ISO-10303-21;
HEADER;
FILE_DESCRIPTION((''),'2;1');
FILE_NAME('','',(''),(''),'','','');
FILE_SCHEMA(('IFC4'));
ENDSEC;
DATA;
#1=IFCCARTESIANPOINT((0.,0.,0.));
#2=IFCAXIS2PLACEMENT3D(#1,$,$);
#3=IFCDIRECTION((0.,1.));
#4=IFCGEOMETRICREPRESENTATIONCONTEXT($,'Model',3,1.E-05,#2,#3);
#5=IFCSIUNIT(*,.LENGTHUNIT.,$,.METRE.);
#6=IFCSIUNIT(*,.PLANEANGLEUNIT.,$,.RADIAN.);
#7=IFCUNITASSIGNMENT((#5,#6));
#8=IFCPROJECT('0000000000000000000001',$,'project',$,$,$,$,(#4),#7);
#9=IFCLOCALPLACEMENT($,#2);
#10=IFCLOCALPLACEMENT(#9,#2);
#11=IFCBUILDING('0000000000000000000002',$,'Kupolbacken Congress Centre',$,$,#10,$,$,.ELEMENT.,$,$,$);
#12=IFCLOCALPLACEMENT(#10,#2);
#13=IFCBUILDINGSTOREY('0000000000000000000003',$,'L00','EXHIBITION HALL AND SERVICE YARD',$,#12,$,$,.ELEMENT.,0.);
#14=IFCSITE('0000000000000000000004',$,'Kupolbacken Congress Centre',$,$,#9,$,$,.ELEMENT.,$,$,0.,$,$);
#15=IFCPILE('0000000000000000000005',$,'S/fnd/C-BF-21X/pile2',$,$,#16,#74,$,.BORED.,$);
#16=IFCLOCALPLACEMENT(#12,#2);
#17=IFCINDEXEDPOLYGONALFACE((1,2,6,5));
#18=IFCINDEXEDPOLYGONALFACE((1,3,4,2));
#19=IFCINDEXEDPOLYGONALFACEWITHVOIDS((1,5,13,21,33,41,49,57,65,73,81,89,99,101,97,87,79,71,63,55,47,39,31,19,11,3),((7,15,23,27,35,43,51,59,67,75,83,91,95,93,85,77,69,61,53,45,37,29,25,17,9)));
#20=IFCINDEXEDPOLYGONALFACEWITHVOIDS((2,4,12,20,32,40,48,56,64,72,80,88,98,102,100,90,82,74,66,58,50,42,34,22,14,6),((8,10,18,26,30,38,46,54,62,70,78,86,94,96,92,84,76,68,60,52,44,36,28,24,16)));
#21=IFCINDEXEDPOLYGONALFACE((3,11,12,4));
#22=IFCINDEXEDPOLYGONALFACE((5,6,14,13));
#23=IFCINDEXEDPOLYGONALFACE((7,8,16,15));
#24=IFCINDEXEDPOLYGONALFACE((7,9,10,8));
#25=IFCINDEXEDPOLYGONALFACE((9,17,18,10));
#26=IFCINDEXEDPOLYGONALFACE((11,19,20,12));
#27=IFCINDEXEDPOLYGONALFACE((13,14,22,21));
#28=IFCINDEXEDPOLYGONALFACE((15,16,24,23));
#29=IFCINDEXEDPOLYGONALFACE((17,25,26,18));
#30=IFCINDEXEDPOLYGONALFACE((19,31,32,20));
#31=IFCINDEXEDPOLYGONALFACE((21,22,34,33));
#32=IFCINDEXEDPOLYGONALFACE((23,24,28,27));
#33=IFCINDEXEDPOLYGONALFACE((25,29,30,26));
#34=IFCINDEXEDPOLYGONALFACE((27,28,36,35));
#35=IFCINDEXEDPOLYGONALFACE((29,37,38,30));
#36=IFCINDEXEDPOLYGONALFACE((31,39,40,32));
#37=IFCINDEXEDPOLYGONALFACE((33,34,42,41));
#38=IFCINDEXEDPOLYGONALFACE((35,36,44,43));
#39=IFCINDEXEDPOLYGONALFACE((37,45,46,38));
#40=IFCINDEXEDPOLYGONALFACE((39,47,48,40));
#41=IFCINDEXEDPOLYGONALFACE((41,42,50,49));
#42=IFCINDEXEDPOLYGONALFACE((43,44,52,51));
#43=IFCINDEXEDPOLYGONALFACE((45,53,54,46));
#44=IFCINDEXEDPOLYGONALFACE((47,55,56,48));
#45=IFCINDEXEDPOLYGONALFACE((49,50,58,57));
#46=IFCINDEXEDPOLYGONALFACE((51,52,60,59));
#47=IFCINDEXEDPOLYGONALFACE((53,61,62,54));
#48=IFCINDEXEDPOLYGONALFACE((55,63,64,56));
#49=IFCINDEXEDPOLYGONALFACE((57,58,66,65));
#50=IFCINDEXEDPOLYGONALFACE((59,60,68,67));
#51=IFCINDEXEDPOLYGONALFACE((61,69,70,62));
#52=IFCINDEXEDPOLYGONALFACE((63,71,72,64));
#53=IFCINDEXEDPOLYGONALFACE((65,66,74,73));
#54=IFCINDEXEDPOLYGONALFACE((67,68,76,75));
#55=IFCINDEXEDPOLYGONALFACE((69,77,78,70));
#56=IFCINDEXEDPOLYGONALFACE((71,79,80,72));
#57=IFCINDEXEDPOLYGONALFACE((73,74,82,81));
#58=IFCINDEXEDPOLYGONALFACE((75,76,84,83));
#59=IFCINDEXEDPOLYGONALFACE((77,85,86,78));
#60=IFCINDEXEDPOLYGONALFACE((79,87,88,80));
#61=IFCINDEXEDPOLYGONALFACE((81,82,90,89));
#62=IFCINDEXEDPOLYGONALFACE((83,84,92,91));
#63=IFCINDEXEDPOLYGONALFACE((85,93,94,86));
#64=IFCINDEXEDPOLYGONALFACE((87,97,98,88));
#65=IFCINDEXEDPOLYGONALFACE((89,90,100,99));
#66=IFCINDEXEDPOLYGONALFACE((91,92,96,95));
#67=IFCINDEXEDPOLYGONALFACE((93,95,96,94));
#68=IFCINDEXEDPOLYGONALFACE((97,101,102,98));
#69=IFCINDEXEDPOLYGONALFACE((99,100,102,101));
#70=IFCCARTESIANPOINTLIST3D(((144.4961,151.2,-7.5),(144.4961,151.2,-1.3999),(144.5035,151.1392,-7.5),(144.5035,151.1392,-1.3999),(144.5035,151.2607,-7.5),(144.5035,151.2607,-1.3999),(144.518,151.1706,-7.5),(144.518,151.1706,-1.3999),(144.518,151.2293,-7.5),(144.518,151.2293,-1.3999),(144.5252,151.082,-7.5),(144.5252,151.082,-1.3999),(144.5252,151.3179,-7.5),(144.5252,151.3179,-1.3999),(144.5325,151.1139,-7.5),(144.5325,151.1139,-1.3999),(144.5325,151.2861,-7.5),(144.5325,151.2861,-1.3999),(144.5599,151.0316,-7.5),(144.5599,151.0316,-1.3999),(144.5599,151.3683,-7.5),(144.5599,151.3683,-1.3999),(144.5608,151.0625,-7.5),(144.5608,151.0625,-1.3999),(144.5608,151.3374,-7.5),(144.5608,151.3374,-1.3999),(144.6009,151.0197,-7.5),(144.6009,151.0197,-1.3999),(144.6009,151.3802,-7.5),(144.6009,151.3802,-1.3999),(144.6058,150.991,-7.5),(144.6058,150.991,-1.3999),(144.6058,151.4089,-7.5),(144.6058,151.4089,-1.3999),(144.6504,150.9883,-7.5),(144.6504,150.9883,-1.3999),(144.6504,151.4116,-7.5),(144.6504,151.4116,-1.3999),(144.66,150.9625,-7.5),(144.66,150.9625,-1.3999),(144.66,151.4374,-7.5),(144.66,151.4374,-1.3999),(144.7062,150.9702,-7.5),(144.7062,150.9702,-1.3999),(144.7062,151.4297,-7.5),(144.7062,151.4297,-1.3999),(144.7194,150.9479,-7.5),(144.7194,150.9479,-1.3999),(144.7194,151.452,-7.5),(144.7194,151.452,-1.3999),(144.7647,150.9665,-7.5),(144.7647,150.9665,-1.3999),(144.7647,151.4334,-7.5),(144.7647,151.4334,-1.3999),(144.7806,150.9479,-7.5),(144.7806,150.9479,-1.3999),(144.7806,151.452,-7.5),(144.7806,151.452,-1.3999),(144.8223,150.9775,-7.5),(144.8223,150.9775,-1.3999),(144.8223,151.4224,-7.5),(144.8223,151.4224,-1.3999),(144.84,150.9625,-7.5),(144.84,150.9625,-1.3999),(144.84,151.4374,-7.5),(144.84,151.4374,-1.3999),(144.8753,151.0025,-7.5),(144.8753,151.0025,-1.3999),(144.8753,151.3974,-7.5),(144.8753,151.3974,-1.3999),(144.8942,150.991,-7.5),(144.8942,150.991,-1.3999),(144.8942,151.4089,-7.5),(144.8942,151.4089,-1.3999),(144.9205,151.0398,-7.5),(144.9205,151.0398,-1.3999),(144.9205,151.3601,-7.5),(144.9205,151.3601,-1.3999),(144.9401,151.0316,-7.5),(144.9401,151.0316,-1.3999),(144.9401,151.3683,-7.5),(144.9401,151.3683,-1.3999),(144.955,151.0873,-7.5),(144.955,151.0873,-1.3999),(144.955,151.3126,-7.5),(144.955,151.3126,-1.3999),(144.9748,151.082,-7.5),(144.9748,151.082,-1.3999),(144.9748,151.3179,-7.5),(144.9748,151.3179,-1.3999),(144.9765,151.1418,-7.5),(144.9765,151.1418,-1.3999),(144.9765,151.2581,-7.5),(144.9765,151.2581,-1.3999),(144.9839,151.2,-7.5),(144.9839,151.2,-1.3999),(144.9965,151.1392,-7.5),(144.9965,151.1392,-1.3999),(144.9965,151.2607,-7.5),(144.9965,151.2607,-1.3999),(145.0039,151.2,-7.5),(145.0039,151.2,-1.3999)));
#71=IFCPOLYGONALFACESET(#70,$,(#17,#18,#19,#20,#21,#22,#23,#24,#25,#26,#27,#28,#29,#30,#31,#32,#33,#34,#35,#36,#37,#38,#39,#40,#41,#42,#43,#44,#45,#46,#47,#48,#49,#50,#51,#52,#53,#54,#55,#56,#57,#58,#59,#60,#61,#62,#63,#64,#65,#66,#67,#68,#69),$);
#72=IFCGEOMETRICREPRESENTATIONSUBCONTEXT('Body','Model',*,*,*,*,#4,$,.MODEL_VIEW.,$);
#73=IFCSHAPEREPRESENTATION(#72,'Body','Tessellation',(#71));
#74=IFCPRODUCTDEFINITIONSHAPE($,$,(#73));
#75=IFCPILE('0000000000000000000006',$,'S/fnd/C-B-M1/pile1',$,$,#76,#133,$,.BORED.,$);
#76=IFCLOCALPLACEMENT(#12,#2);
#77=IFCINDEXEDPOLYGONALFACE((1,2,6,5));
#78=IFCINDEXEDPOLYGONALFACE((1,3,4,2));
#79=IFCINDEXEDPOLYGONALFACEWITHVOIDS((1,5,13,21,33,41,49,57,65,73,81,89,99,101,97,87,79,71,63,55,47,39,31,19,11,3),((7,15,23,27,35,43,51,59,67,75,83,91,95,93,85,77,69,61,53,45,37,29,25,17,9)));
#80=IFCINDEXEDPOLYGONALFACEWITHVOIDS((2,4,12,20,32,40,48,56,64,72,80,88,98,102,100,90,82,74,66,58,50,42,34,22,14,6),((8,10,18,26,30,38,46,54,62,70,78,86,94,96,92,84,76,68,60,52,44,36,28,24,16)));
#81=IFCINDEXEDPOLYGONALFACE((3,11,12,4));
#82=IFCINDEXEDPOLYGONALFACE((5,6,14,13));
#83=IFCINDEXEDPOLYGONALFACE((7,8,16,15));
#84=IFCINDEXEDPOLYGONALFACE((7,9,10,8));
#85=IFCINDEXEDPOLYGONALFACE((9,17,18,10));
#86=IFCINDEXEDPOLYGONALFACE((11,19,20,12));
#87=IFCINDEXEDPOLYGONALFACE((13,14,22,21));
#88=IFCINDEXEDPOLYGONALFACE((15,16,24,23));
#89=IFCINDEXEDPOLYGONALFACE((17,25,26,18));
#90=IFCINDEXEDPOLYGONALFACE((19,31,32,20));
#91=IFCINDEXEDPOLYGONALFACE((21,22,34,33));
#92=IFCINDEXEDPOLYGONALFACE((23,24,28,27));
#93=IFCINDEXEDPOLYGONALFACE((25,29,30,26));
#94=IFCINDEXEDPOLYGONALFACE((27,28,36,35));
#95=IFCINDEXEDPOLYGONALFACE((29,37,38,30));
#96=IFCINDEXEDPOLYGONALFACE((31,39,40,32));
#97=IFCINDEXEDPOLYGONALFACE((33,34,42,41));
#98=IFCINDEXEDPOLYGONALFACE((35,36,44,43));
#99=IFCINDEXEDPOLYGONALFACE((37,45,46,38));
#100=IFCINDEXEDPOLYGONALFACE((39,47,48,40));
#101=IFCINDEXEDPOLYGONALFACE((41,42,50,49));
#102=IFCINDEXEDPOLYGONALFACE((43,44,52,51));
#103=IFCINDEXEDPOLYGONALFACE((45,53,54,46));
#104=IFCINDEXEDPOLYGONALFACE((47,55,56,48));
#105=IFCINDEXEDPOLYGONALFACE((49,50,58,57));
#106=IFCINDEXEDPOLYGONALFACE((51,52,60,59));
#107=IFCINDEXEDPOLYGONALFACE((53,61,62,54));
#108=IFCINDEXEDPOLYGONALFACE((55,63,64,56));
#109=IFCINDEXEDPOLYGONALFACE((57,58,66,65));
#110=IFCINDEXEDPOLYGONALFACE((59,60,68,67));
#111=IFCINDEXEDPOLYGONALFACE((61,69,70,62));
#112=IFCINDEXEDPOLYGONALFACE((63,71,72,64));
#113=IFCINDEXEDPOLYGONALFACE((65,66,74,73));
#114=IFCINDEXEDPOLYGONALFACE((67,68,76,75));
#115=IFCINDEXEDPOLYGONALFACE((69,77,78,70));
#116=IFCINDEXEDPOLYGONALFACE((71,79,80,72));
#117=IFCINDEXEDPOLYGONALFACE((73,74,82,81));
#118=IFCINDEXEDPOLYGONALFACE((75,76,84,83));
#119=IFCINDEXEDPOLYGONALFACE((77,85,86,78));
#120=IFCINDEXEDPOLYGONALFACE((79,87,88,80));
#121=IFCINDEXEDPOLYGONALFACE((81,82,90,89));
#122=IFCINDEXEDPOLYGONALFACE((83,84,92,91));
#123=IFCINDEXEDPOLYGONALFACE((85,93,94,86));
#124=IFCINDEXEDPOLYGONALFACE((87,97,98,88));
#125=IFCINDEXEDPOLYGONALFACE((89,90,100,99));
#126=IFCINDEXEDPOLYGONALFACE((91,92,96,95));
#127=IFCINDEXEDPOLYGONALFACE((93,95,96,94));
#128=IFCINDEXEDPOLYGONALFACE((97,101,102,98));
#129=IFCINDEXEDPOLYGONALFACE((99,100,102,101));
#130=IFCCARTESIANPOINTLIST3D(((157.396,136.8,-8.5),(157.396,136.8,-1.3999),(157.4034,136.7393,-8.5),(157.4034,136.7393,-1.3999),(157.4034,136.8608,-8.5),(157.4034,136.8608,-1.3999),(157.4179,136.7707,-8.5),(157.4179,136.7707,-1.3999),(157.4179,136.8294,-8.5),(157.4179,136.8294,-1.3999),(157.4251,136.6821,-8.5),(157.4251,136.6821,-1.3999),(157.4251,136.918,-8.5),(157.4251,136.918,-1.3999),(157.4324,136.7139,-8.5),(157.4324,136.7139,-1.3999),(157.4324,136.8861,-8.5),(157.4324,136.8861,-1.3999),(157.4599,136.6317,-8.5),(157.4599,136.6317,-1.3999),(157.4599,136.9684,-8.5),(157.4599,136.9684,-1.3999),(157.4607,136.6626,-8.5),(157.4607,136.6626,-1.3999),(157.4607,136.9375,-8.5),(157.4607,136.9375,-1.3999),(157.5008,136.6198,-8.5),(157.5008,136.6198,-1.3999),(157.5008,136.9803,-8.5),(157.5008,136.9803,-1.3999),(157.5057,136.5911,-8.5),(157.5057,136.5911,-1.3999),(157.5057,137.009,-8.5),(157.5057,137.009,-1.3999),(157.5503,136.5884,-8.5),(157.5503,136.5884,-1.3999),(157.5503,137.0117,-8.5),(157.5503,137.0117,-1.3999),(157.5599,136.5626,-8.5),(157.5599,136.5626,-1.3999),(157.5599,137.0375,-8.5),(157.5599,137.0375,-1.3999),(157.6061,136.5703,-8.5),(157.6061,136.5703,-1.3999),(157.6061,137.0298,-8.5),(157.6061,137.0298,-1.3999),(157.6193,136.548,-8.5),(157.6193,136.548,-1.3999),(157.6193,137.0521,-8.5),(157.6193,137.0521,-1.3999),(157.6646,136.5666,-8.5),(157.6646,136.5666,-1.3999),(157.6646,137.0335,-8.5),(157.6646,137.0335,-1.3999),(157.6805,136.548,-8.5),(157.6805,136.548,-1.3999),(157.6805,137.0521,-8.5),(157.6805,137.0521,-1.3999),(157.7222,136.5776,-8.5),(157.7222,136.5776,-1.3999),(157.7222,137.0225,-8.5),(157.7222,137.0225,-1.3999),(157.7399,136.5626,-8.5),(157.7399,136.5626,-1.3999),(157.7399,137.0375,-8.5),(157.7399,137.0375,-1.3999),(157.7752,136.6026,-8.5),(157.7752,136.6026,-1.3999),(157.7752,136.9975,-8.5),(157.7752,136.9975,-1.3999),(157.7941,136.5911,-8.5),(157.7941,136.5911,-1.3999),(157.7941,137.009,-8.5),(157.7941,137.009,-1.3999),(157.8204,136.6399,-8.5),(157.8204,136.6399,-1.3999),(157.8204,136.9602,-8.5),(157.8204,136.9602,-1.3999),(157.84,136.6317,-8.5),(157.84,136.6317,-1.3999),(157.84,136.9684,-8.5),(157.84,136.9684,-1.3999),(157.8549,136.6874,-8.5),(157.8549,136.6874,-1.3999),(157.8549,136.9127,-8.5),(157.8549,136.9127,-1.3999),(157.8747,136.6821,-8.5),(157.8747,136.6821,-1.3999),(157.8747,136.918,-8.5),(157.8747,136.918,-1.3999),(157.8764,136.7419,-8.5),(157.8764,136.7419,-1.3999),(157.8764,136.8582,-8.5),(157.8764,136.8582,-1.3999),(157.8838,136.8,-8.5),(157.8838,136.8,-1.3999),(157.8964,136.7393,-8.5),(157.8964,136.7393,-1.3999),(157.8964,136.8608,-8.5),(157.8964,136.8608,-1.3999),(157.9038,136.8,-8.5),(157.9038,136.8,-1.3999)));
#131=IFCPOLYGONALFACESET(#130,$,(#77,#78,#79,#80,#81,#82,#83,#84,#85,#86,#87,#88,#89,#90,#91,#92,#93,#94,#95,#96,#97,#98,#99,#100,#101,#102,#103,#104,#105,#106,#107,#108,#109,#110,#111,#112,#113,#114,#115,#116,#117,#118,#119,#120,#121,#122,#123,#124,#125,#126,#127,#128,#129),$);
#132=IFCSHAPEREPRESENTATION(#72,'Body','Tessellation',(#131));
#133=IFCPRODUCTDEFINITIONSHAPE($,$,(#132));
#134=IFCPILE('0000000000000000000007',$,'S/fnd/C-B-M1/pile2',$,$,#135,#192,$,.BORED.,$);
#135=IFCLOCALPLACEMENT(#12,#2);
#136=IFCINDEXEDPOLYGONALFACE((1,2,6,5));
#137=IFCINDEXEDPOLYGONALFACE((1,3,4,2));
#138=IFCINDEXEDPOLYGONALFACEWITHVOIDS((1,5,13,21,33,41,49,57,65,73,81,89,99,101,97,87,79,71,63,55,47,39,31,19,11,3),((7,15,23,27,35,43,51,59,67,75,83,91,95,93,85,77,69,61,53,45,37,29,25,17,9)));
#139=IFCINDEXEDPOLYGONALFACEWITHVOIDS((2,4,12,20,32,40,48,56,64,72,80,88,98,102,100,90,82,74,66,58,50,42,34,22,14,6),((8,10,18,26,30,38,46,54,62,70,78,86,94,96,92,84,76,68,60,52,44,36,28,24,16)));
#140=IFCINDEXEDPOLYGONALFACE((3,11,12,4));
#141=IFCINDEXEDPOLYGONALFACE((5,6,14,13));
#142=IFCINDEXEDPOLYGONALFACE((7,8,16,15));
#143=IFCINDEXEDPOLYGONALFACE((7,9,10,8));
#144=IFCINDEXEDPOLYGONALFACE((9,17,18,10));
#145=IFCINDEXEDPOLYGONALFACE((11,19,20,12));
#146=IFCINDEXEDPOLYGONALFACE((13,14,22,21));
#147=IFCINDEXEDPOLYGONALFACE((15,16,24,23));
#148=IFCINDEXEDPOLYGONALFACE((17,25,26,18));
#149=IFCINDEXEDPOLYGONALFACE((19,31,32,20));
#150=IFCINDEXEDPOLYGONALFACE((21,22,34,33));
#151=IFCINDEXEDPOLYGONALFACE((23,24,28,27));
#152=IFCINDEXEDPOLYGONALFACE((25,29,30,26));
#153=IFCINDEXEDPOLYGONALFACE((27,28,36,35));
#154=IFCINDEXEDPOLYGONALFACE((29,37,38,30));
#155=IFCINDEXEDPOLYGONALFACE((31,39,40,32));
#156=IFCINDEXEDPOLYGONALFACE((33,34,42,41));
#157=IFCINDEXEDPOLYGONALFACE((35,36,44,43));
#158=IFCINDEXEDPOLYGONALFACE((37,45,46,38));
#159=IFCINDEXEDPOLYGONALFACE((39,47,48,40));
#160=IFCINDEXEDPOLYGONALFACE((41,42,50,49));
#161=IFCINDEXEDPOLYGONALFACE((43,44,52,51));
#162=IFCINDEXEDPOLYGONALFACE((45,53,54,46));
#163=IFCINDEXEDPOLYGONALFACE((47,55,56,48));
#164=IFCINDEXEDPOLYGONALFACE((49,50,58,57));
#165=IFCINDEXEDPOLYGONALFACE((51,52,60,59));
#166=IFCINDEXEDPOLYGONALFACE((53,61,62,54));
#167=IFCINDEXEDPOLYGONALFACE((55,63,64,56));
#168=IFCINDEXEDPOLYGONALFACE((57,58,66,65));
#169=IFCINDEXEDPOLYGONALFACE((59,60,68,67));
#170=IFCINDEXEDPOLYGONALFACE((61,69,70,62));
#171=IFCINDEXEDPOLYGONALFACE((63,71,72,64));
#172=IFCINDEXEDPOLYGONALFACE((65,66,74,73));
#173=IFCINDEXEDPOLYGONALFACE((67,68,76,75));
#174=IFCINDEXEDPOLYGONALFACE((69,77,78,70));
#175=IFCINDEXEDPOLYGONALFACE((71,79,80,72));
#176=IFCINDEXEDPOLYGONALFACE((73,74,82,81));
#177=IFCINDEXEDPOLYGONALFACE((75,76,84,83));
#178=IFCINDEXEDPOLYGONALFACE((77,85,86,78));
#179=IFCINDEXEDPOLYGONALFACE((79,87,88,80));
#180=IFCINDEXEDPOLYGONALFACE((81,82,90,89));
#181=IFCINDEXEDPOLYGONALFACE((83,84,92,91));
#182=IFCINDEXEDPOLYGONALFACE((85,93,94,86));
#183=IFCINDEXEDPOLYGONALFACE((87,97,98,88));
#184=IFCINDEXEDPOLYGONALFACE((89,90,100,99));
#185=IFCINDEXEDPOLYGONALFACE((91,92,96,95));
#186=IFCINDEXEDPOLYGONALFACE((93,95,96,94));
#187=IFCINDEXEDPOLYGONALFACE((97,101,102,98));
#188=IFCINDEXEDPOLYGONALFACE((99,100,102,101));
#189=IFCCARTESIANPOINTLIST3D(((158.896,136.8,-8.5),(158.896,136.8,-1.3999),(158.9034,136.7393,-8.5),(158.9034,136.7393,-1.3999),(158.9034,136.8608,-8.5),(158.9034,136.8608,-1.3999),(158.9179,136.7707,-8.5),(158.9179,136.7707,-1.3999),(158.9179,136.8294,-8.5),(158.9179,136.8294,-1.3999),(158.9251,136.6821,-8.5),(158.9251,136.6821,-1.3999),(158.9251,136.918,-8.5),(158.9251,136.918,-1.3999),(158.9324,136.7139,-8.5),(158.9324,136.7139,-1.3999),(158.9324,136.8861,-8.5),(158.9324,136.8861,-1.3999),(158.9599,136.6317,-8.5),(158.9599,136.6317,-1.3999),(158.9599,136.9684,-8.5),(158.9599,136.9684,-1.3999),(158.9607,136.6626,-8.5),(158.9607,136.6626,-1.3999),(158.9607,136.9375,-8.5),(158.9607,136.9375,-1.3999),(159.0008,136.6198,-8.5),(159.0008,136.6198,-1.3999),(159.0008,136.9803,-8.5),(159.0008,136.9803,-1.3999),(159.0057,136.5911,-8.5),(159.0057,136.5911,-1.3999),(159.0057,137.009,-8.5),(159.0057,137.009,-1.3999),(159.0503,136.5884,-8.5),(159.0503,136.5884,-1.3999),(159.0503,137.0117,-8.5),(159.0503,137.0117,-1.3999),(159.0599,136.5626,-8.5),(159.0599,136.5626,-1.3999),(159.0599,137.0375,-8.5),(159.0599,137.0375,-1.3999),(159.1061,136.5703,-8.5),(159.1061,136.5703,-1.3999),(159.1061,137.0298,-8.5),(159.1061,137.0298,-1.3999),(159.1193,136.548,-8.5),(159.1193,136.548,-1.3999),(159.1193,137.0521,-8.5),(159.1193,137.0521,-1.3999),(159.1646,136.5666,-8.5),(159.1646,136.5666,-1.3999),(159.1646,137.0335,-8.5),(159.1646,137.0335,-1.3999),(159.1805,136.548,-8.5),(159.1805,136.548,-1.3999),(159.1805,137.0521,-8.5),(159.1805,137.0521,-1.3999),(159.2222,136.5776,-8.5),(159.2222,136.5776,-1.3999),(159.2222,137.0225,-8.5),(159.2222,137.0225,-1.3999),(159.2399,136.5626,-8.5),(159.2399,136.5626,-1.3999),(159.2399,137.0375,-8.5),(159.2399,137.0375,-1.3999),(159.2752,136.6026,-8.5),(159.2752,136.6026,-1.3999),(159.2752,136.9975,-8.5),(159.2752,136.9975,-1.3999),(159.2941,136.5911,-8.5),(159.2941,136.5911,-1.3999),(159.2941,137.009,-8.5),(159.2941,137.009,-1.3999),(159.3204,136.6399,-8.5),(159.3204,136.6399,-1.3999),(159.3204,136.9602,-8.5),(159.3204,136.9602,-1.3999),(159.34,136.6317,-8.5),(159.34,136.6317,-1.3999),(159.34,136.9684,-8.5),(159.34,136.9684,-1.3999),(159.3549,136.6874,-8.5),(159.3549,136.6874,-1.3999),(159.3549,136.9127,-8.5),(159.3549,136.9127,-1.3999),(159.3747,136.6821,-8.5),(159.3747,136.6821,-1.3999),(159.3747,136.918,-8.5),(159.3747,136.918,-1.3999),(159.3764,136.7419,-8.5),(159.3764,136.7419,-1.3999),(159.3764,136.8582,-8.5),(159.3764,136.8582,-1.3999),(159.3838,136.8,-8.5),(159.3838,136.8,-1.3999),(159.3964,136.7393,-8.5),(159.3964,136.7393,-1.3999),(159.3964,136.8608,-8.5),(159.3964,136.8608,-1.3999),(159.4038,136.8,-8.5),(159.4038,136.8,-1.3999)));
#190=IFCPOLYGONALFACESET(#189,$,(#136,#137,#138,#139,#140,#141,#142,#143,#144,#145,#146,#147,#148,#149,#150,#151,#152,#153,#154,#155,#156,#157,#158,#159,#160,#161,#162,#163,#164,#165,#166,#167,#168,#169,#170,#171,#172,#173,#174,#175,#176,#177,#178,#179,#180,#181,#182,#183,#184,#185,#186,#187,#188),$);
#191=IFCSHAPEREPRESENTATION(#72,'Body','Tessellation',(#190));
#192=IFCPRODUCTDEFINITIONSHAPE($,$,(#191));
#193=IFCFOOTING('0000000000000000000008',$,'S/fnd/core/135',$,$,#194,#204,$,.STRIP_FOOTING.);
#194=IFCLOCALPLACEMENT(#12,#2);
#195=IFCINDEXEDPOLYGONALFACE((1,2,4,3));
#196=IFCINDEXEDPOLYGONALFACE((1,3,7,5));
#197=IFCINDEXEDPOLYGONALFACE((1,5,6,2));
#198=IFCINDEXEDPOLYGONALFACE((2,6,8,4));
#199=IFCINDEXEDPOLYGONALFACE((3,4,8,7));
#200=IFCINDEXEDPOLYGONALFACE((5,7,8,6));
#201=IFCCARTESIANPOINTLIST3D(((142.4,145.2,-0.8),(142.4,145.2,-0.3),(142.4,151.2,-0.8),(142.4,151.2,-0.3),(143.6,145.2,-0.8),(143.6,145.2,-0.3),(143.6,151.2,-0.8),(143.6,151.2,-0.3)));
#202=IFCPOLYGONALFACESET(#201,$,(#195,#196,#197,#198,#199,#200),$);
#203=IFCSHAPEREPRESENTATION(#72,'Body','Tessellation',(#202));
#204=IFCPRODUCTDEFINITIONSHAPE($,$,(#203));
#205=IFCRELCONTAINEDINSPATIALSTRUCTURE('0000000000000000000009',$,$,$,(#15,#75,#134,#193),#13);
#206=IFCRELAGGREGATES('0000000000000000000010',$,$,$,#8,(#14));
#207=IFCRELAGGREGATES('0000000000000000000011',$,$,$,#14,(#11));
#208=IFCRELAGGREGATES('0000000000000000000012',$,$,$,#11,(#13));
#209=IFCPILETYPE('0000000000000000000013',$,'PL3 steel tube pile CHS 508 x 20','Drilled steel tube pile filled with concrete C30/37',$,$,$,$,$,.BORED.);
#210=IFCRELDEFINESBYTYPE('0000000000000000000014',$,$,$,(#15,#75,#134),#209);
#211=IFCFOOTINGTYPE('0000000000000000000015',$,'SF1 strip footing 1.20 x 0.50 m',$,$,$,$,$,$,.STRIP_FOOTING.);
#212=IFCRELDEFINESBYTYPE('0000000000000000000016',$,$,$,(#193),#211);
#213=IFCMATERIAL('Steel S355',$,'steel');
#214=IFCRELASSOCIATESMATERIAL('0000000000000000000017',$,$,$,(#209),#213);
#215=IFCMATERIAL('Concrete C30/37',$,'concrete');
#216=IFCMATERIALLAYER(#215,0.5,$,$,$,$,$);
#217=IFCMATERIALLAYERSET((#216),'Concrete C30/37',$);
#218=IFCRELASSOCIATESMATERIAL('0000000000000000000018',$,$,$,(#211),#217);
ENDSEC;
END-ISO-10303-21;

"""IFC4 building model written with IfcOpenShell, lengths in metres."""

from ifc_helpers import new_model, si_unit, direction, frame, origin, origin_2d, place, context, subcontext, project, spatial, rectangle, hollow_circle, extrude, material, layer, layer_set, material_profile, profile_set, type_object, element, save


model = new_model("IFC4")

# Units and contexts
model_context = context("Model", 3, precision=1e-05, world=origin(), true_north=direction((0.0, 1.0)))
body_context = subcontext(model_context, "Body", "Model", "MODEL_VIEW")
ifc_project = project(units=[si_unit("LENGTHUNIT", "METRE"), si_unit("PLANEANGLEUNIT", "RADIAN")], contexts=[model_context])

# Site, building, storey
site_placement = place(None, origin())
site = spatial("IfcSite", under=ifc_project, at=site_placement, Name="Kupolbacken Congress Centre", CompositionType="ELEMENT", RefElevation=0.0)
building_placement = place(site_placement, origin())
building = spatial("IfcBuilding", under=site, at=building_placement, Name="Kupolbacken Congress Centre", CompositionType="ELEMENT")
storey_placement = place(building_placement, origin())
storey = spatial("IfcBuildingStorey", under=building, at=storey_placement, Name="L00", Description="EXHIBITION HALL AND SERVICE YARD", CompositionType="ELEMENT", Elevation=0.0)

# Piles
ifc_material_1 = material(Name="Steel S355", Category="steel")
ifc_material_profile_1 = material_profile(ifc_material_1, hollow_circle(Radius=0.2539, WallThickness=0.02, at=origin_2d()), Name="CHS 508 x 20")
ifc_profile_set_1 = profile_set([ifc_material_profile_1], Name="Steel S355")
pile_type_1 = type_object("IfcPileType", Name="PL3 steel tube pile CHS 508 x 20", Description="Drilled steel tube pile filled with concrete C30/37", PredefinedType="BORED", material=ifc_profile_set_1)
for number, where, z_axis, x_axis, name in (
    (1, (144.75, 151.2, -1.3999), (0.0, 0.0, -1.0), (1.0, 0.0, 0.0), "S/fnd/C-BF-21X/pile2"),
):
    element("IfcPile", number, at=place(storey_placement, frame(where, z_axis=z_axis, x_axis=x_axis)), inside=storey, type_object=pile_type_1, Name=name, PredefinedType="BORED", context=body_context, shape_type="SweptSolid", body=[
        extrude(hollow_circle(Radius=0.2539, WallThickness=0.02, at=origin_2d()), origin(), (0.0, 0.0, 1.0), 6.1001),
    ])
for number, where, z_axis, x_axis, name in (
    (2, (157.6499, 136.8, -1.3999), (0.0, 0.0, -1.0), (1.0, 0.0, 0.0), "S/fnd/C-B-M1/pile1"),
    (3, (159.1499, 136.8, -1.3999), (0.0, 0.0, -1.0), (1.0, 0.0, 0.0), "S/fnd/C-B-M1/pile2"),
):
    element("IfcPile", number, at=place(storey_placement, frame(where, z_axis=z_axis, x_axis=x_axis)), inside=storey, type_object=pile_type_1, Name=name, PredefinedType="BORED", context=body_context, shape_type="SweptSolid", body=[
        extrude(hollow_circle(Radius=0.2539, WallThickness=0.02, at=origin_2d()), origin(), (0.0, 0.0, 1.0), 7.1001),
    ])

# Footing
ifc_material_2 = material(Name="Concrete C30/37", Category="concrete")
ifc_layer_1 = layer(ifc_material_2, 0.5)
ifc_layer_set_1 = layer_set([ifc_layer_1], Name="Concrete C30/37")
footing_type_1 = type_object("IfcFootingType", Name="SF1 strip footing 1.20 x 0.50 m", PredefinedType="STRIP_FOOTING", material=ifc_layer_set_1)
footing_1_placement = place(storey_placement, frame((143.0, 148.2, -0.8), z_axis=(0.0, 0.0, 1.0), x_axis=(0.0, 1.0, 0.0)))
element("IfcFooting", 4, at=footing_1_placement, inside=storey, type_object=footing_type_1, Name="S/fnd/core/135", PredefinedType="STRIP_FOOTING", context=body_context, shape_type="SweptSolid", body=[
    extrude(rectangle(XDim=6.0, YDim=1.2, at=origin_2d()), origin(), (0.0, 0.0, 1.0), 0.5),
])

save(model, "model.ifc")
